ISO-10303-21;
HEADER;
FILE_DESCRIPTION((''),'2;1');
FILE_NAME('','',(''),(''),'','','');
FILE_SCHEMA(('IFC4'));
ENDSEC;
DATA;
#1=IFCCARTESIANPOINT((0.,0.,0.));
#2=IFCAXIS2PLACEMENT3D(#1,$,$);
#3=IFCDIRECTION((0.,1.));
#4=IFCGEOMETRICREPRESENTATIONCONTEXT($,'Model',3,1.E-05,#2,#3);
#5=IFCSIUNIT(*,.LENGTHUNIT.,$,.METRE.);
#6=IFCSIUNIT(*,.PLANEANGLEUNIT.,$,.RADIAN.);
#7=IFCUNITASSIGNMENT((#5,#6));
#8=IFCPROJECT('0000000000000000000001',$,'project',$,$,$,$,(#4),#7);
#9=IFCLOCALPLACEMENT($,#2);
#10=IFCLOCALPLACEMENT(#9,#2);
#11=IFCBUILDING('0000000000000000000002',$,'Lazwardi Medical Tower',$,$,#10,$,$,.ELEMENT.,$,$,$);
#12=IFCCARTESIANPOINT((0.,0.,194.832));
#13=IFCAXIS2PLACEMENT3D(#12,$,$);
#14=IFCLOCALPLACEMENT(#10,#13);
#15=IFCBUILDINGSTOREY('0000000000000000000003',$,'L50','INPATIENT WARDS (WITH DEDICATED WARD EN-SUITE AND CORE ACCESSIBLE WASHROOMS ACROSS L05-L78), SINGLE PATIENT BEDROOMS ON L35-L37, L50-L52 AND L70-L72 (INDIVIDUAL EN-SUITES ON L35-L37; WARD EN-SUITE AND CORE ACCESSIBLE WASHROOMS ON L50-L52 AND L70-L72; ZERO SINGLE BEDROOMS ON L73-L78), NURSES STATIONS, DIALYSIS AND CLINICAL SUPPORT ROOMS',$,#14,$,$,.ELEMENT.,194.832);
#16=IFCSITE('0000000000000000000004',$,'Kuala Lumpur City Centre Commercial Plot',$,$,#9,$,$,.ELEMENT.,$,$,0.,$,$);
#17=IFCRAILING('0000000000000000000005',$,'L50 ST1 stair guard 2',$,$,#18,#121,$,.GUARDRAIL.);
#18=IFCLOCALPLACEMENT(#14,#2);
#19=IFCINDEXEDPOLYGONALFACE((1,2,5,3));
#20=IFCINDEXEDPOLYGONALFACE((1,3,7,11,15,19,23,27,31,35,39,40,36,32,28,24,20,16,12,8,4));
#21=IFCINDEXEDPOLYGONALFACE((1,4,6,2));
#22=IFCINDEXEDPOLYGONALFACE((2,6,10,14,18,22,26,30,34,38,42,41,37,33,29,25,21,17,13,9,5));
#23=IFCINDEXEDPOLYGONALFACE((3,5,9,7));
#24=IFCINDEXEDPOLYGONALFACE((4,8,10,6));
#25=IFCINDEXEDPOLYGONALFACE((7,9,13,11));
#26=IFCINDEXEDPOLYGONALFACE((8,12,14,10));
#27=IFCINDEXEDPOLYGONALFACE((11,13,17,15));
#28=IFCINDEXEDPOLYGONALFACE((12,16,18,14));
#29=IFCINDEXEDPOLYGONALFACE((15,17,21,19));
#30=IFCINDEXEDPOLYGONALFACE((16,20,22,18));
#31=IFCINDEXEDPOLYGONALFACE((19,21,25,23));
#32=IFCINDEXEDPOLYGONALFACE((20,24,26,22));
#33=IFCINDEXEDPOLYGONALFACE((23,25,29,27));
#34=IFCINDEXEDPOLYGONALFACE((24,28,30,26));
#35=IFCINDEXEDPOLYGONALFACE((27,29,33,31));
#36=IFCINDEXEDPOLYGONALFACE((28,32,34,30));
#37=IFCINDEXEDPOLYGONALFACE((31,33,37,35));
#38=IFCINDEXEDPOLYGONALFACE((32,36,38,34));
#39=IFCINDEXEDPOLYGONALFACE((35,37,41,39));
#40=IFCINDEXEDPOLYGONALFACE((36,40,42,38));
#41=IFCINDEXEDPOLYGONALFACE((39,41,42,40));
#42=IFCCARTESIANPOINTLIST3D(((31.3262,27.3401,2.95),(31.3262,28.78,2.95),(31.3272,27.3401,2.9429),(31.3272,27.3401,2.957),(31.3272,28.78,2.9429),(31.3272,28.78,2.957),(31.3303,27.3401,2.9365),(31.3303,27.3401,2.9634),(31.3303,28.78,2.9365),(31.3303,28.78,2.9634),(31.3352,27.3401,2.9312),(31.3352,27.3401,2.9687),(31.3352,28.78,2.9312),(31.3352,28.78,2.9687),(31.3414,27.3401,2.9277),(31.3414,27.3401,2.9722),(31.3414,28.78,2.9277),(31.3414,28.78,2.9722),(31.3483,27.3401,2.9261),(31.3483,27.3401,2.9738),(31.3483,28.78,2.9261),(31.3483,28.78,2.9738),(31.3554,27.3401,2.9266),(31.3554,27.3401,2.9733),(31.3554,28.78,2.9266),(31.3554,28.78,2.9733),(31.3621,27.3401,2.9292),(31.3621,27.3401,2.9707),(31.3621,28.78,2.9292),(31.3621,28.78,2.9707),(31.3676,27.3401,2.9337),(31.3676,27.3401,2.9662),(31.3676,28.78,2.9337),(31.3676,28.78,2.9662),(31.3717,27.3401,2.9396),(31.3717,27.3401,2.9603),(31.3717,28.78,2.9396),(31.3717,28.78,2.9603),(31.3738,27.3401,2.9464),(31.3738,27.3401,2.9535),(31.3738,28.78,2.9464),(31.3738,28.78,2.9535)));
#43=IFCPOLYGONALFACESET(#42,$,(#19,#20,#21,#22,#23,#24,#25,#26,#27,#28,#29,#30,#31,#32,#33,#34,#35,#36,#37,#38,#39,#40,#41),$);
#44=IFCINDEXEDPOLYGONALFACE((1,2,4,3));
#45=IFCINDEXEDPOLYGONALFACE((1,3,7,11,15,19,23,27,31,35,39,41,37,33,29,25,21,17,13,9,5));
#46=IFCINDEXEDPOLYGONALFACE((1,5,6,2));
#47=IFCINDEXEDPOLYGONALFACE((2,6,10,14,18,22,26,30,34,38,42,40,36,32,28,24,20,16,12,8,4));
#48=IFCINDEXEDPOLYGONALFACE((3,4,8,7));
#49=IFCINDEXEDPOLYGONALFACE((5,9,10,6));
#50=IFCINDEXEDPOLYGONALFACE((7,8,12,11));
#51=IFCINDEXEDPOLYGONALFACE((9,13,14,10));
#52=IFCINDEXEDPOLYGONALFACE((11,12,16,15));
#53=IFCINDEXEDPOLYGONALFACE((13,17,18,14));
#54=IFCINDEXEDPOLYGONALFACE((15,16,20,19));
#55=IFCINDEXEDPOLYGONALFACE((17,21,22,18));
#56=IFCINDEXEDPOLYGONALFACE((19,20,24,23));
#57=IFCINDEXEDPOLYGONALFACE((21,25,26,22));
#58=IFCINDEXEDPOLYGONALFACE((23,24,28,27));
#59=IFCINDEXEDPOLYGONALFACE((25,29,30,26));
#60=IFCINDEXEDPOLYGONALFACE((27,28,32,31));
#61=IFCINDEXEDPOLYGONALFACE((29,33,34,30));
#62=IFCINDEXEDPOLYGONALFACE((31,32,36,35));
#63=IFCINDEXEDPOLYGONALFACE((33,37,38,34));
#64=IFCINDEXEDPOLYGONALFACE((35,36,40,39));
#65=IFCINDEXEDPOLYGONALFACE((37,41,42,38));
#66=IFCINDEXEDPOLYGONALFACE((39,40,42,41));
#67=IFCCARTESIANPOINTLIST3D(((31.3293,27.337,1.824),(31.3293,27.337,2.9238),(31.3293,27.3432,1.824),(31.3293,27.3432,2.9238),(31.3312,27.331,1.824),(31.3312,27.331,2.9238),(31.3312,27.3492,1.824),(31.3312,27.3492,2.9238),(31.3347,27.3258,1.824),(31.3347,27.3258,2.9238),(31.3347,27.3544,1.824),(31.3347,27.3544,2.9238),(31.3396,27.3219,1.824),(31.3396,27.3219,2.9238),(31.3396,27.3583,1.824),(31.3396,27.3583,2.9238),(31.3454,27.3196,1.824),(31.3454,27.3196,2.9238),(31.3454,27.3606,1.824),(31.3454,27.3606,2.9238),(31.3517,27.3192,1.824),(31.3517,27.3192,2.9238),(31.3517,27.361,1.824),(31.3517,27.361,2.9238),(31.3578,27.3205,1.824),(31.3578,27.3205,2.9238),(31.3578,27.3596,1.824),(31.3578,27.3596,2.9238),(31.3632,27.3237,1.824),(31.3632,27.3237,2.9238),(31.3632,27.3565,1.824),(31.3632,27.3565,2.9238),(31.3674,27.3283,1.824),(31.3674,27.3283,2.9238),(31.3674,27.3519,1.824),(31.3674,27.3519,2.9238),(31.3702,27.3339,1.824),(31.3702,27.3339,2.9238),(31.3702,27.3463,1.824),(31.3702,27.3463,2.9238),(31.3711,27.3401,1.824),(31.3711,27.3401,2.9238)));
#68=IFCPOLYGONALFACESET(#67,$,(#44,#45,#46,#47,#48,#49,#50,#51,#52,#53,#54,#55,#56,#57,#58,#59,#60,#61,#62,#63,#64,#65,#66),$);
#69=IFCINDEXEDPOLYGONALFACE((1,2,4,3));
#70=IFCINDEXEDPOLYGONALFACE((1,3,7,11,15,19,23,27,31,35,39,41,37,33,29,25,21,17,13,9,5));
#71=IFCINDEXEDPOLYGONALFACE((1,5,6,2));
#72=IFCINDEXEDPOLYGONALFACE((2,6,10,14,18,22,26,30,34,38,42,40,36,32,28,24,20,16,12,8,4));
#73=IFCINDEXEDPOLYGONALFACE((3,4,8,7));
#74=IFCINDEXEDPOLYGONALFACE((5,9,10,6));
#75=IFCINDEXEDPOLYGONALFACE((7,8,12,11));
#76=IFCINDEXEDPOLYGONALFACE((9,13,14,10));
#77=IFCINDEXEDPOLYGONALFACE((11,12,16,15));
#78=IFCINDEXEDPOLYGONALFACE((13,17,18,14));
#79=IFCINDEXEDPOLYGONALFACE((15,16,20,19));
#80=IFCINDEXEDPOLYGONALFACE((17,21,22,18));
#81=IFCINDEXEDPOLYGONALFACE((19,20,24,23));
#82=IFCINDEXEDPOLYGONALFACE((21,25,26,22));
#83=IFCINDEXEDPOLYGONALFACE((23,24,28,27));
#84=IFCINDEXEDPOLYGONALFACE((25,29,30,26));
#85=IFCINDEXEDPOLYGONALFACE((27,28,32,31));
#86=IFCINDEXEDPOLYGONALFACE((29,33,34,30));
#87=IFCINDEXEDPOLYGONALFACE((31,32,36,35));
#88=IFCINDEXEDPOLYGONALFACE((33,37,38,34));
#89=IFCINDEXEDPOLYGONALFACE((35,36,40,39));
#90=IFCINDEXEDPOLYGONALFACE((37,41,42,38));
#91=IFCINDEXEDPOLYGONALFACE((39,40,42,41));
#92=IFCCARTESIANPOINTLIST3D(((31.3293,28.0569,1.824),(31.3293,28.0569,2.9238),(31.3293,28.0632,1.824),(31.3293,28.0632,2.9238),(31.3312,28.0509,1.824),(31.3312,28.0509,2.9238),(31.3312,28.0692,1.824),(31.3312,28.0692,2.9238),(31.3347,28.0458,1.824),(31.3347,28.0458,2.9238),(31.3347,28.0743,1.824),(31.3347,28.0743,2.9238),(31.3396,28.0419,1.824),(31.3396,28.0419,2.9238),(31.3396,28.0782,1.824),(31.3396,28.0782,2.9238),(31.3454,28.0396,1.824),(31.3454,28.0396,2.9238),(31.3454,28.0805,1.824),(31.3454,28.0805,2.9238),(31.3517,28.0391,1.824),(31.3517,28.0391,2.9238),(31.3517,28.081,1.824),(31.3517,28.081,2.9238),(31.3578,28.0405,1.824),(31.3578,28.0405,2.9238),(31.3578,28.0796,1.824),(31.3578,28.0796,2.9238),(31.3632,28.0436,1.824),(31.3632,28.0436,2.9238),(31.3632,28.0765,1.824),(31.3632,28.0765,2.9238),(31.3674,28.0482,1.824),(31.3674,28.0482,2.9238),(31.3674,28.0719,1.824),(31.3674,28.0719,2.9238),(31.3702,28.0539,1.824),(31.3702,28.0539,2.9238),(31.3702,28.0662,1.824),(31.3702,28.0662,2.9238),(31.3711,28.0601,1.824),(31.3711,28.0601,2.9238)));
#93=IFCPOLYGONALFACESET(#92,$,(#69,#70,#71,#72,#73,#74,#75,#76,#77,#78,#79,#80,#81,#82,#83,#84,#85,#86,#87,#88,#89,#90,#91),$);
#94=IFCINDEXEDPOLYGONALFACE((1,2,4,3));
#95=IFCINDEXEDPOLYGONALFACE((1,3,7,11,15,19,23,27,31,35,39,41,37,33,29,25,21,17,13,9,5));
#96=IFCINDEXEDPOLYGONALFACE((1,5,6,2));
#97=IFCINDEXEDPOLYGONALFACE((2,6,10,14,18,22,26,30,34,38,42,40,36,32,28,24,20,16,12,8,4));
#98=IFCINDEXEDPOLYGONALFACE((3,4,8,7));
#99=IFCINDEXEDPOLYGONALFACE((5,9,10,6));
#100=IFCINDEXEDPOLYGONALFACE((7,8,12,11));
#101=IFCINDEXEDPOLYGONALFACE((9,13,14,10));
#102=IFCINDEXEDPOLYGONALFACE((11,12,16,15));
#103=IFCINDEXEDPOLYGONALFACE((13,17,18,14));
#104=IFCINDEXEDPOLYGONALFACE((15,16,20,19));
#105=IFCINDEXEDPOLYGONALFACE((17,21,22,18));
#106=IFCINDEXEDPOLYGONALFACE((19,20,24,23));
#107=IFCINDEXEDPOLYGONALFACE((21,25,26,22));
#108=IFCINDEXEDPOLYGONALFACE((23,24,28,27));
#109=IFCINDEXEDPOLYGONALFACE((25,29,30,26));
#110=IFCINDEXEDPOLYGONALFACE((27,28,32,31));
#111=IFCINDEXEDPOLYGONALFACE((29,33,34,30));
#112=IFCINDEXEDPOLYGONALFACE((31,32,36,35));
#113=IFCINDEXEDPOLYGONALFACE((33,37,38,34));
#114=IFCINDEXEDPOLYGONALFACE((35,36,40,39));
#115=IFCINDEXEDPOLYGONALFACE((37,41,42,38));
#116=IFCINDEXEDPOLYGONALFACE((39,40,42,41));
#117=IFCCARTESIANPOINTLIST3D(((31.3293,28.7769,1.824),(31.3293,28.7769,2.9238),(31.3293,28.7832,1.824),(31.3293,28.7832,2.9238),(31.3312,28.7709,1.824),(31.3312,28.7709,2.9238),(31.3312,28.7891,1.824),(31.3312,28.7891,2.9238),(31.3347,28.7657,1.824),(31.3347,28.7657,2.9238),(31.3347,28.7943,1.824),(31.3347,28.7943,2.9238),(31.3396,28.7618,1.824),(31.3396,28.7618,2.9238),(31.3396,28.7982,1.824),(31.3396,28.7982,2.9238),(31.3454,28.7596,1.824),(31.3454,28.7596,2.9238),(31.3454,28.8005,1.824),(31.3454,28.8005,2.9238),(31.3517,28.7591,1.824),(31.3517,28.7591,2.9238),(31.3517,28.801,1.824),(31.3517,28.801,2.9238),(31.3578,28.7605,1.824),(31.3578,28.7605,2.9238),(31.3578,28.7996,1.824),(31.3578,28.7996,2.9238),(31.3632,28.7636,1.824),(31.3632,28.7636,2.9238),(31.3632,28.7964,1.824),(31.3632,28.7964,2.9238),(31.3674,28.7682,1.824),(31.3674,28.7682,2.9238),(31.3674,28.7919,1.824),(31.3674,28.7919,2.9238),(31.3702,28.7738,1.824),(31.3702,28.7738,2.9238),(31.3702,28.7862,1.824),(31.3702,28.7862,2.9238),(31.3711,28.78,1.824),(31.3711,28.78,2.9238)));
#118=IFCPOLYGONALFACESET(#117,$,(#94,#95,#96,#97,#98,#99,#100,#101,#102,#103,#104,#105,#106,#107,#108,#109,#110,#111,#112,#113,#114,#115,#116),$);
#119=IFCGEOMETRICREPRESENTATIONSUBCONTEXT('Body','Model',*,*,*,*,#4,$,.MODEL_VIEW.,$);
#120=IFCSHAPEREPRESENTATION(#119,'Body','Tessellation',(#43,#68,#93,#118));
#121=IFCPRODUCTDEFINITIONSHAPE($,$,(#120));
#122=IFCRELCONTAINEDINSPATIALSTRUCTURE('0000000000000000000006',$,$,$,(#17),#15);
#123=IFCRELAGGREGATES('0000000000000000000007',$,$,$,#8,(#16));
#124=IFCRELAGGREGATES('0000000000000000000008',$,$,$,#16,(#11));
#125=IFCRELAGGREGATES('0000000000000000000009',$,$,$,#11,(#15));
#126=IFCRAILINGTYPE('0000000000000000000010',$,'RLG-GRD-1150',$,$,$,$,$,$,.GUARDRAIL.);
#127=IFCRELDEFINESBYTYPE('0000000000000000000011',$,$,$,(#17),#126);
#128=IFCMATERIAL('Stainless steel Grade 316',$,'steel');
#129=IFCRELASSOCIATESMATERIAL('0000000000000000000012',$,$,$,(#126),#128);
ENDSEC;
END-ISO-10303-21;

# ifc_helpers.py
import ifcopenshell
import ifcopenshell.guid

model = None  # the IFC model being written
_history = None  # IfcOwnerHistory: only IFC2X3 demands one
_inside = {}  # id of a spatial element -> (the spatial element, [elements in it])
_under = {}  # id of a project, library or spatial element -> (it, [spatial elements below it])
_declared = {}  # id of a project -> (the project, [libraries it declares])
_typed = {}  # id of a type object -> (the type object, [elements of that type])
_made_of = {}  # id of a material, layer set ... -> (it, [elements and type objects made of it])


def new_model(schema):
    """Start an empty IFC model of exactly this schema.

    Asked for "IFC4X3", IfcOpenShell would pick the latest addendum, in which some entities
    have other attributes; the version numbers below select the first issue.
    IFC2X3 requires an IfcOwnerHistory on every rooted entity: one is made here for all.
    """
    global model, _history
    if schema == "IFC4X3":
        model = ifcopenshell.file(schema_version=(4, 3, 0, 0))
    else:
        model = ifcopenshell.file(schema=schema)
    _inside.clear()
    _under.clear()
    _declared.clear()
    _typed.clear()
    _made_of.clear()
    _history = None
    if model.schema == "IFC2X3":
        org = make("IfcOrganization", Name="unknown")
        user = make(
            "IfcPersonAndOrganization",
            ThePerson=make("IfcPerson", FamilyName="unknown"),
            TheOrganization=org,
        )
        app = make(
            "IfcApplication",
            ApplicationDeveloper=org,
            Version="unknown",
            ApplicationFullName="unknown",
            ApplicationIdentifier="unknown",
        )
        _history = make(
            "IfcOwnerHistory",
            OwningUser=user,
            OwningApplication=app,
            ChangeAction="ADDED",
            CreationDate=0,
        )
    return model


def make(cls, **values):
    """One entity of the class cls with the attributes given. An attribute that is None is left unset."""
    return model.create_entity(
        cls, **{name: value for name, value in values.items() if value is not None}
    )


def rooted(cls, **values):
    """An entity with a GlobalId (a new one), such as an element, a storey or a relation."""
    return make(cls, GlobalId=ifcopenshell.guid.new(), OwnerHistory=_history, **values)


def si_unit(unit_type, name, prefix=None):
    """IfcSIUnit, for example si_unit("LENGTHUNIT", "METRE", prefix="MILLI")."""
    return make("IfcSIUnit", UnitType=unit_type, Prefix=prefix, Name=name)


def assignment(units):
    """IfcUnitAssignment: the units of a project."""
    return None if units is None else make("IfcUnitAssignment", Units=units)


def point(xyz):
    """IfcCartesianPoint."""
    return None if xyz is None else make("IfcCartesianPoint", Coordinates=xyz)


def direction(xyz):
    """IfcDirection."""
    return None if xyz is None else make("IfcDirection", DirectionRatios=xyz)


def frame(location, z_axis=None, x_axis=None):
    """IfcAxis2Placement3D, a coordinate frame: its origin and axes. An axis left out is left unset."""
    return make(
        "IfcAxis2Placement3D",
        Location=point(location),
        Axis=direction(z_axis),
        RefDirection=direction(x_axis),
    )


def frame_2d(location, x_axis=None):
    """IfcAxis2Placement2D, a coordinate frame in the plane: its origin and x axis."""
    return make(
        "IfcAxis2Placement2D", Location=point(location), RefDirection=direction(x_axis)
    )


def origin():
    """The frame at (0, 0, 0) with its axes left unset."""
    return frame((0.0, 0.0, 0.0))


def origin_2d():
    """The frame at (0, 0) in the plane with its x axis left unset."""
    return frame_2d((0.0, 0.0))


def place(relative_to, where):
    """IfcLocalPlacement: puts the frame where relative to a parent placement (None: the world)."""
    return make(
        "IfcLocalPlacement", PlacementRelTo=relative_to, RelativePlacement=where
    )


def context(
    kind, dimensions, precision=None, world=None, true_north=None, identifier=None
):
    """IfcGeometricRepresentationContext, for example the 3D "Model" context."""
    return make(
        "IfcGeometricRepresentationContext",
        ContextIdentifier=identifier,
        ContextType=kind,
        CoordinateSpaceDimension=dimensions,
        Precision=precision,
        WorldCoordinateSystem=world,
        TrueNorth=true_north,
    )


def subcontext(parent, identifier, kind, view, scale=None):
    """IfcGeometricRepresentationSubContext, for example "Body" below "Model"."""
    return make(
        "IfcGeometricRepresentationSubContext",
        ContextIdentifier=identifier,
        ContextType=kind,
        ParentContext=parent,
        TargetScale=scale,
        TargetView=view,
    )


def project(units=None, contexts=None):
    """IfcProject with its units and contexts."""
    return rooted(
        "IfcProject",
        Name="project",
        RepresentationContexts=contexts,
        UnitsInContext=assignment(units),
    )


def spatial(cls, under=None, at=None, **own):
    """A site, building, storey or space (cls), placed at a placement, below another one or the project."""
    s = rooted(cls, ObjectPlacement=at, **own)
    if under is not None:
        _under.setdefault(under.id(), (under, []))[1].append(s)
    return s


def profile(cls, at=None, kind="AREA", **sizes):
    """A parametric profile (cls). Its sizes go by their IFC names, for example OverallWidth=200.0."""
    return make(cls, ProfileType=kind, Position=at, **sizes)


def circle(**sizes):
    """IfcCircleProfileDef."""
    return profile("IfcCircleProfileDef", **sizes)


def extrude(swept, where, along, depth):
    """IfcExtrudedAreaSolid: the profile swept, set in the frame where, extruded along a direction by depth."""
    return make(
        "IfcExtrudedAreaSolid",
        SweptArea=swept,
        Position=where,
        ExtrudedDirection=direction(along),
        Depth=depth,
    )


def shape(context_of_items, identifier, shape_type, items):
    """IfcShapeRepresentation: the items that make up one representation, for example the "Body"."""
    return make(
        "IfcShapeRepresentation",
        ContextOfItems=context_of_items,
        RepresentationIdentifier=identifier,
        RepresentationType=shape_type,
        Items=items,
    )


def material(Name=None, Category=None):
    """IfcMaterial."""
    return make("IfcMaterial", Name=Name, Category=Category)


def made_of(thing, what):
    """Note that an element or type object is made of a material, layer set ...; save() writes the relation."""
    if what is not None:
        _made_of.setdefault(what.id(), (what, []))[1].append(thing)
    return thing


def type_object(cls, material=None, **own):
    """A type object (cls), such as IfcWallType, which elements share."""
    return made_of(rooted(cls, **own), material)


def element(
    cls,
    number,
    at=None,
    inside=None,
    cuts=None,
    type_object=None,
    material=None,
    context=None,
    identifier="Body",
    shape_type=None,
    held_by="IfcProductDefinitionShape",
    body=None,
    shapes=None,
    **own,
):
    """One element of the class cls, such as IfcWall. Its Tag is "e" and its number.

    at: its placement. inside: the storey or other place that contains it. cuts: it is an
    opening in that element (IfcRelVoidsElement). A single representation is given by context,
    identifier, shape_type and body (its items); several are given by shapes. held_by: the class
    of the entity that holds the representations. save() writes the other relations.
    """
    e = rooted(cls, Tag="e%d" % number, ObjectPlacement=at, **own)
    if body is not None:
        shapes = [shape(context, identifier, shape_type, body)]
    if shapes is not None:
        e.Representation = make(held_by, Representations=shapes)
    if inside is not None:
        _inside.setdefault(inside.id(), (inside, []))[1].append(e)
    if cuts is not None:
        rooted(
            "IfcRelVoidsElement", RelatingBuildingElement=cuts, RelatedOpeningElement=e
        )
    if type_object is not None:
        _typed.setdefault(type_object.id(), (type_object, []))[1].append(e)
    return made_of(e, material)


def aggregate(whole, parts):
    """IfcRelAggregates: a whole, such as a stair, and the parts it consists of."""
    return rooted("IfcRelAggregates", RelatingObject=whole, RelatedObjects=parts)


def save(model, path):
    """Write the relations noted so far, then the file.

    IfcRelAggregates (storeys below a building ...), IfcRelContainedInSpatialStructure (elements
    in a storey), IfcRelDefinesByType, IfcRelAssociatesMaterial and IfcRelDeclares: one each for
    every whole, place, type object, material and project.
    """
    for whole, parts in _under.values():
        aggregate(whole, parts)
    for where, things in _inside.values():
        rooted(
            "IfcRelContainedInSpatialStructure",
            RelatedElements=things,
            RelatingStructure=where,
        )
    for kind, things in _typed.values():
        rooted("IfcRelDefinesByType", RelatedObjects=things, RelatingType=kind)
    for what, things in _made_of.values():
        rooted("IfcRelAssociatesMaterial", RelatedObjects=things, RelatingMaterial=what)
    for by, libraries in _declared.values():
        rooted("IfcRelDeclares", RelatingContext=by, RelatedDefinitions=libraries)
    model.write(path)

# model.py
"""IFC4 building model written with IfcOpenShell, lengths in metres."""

from ifc_helpers import new_model, si_unit, direction, frame, origin, origin_2d, place, context, subcontext, project, spatial, circle, extrude, material, type_object, element, save


model = new_model("IFC4")

# Units and contexts
model_context = context("Model", 3, precision=1e-05, world=origin(), true_north=direction((0.0, 1.0)))
body_context = subcontext(model_context, "Body", "Model", "MODEL_VIEW")
ifc_project = project(units=[si_unit("LENGTHUNIT", "METRE"), si_unit("PLANEANGLEUNIT", "RADIAN")], contexts=[model_context])

# Site, building, storey
site_placement = place(None, origin())
site = spatial("IfcSite", under=ifc_project, at=site_placement, Name="Kuala Lumpur City Centre Commercial Plot", CompositionType="ELEMENT", RefElevation=0.0)
building_placement = place(site_placement, origin())
building = spatial("IfcBuilding", under=site, at=building_placement, Name="Lazwardi Medical Tower", CompositionType="ELEMENT")
storey_placement = place(building_placement, frame((0.0, 0.0, 194.832)))
storey = spatial("IfcBuildingStorey", under=building, at=storey_placement, Name="L50", Description="INPATIENT WARDS (WITH DEDICATED WARD EN-SUITE AND CORE ACCESSIBLE WASHROOMS ACROSS L05-L78), SINGLE PATIENT BEDROOMS ON L35-L37, L50-L52 AND L70-L72 (INDIVIDUAL EN-SUITES ON L35-L37; WARD EN-SUITE AND CORE ACCESSIBLE WASHROOMS ON L50-L52 AND L70-L72; ZERO SINGLE BEDROOMS ON L73-L78), NURSES STATIONS, DIALYSIS AND CLINICAL SUPPORT ROOMS", CompositionType="ELEMENT", Elevation=194.832)

# Railing
ifc_material_1 = material(Name="Stainless steel Grade 316", Category="steel")
railing_type_1 = type_object("IfcRailingType", Name="RLG-GRD-1150", PredefinedType="GUARDRAIL", material=ifc_material_1)
railing_1_placement = place(storey_placement, frame((31.3501, 27.3401, 1.824)))
element("IfcRailing", 1, at=railing_1_placement, inside=storey, type_object=railing_type_1, Name="L50 ST1 stair guard 2", PredefinedType="GUARDRAIL", context=body_context, shape_type="SweptSolid", body=[
    extrude(circle(Radius=0.0239, at=origin_2d()), frame((0.0, 0.0, 1.126), z_axis=(0.0, 1.0, 0.0), x_axis=(-1.0, 0.0, 0.0)), (0.0, 0.0, 1.0), 1.4399),
    extrude(circle(Radius=0.021, at=origin_2d()), origin(), (0.0, 0.0, 1.0), 1.0999),
    extrude(circle(Radius=0.021, at=origin_2d()), frame((0.0, 0.72, 0.0)), (0.0, 0.0, 1.0), 1.0999),
    extrude(circle(Radius=0.021, at=origin_2d()), frame((0.0, 1.4399, 0.0)), (0.0, 0.0, 1.0), 1.0999),
])

save(model, "model.ifc")
